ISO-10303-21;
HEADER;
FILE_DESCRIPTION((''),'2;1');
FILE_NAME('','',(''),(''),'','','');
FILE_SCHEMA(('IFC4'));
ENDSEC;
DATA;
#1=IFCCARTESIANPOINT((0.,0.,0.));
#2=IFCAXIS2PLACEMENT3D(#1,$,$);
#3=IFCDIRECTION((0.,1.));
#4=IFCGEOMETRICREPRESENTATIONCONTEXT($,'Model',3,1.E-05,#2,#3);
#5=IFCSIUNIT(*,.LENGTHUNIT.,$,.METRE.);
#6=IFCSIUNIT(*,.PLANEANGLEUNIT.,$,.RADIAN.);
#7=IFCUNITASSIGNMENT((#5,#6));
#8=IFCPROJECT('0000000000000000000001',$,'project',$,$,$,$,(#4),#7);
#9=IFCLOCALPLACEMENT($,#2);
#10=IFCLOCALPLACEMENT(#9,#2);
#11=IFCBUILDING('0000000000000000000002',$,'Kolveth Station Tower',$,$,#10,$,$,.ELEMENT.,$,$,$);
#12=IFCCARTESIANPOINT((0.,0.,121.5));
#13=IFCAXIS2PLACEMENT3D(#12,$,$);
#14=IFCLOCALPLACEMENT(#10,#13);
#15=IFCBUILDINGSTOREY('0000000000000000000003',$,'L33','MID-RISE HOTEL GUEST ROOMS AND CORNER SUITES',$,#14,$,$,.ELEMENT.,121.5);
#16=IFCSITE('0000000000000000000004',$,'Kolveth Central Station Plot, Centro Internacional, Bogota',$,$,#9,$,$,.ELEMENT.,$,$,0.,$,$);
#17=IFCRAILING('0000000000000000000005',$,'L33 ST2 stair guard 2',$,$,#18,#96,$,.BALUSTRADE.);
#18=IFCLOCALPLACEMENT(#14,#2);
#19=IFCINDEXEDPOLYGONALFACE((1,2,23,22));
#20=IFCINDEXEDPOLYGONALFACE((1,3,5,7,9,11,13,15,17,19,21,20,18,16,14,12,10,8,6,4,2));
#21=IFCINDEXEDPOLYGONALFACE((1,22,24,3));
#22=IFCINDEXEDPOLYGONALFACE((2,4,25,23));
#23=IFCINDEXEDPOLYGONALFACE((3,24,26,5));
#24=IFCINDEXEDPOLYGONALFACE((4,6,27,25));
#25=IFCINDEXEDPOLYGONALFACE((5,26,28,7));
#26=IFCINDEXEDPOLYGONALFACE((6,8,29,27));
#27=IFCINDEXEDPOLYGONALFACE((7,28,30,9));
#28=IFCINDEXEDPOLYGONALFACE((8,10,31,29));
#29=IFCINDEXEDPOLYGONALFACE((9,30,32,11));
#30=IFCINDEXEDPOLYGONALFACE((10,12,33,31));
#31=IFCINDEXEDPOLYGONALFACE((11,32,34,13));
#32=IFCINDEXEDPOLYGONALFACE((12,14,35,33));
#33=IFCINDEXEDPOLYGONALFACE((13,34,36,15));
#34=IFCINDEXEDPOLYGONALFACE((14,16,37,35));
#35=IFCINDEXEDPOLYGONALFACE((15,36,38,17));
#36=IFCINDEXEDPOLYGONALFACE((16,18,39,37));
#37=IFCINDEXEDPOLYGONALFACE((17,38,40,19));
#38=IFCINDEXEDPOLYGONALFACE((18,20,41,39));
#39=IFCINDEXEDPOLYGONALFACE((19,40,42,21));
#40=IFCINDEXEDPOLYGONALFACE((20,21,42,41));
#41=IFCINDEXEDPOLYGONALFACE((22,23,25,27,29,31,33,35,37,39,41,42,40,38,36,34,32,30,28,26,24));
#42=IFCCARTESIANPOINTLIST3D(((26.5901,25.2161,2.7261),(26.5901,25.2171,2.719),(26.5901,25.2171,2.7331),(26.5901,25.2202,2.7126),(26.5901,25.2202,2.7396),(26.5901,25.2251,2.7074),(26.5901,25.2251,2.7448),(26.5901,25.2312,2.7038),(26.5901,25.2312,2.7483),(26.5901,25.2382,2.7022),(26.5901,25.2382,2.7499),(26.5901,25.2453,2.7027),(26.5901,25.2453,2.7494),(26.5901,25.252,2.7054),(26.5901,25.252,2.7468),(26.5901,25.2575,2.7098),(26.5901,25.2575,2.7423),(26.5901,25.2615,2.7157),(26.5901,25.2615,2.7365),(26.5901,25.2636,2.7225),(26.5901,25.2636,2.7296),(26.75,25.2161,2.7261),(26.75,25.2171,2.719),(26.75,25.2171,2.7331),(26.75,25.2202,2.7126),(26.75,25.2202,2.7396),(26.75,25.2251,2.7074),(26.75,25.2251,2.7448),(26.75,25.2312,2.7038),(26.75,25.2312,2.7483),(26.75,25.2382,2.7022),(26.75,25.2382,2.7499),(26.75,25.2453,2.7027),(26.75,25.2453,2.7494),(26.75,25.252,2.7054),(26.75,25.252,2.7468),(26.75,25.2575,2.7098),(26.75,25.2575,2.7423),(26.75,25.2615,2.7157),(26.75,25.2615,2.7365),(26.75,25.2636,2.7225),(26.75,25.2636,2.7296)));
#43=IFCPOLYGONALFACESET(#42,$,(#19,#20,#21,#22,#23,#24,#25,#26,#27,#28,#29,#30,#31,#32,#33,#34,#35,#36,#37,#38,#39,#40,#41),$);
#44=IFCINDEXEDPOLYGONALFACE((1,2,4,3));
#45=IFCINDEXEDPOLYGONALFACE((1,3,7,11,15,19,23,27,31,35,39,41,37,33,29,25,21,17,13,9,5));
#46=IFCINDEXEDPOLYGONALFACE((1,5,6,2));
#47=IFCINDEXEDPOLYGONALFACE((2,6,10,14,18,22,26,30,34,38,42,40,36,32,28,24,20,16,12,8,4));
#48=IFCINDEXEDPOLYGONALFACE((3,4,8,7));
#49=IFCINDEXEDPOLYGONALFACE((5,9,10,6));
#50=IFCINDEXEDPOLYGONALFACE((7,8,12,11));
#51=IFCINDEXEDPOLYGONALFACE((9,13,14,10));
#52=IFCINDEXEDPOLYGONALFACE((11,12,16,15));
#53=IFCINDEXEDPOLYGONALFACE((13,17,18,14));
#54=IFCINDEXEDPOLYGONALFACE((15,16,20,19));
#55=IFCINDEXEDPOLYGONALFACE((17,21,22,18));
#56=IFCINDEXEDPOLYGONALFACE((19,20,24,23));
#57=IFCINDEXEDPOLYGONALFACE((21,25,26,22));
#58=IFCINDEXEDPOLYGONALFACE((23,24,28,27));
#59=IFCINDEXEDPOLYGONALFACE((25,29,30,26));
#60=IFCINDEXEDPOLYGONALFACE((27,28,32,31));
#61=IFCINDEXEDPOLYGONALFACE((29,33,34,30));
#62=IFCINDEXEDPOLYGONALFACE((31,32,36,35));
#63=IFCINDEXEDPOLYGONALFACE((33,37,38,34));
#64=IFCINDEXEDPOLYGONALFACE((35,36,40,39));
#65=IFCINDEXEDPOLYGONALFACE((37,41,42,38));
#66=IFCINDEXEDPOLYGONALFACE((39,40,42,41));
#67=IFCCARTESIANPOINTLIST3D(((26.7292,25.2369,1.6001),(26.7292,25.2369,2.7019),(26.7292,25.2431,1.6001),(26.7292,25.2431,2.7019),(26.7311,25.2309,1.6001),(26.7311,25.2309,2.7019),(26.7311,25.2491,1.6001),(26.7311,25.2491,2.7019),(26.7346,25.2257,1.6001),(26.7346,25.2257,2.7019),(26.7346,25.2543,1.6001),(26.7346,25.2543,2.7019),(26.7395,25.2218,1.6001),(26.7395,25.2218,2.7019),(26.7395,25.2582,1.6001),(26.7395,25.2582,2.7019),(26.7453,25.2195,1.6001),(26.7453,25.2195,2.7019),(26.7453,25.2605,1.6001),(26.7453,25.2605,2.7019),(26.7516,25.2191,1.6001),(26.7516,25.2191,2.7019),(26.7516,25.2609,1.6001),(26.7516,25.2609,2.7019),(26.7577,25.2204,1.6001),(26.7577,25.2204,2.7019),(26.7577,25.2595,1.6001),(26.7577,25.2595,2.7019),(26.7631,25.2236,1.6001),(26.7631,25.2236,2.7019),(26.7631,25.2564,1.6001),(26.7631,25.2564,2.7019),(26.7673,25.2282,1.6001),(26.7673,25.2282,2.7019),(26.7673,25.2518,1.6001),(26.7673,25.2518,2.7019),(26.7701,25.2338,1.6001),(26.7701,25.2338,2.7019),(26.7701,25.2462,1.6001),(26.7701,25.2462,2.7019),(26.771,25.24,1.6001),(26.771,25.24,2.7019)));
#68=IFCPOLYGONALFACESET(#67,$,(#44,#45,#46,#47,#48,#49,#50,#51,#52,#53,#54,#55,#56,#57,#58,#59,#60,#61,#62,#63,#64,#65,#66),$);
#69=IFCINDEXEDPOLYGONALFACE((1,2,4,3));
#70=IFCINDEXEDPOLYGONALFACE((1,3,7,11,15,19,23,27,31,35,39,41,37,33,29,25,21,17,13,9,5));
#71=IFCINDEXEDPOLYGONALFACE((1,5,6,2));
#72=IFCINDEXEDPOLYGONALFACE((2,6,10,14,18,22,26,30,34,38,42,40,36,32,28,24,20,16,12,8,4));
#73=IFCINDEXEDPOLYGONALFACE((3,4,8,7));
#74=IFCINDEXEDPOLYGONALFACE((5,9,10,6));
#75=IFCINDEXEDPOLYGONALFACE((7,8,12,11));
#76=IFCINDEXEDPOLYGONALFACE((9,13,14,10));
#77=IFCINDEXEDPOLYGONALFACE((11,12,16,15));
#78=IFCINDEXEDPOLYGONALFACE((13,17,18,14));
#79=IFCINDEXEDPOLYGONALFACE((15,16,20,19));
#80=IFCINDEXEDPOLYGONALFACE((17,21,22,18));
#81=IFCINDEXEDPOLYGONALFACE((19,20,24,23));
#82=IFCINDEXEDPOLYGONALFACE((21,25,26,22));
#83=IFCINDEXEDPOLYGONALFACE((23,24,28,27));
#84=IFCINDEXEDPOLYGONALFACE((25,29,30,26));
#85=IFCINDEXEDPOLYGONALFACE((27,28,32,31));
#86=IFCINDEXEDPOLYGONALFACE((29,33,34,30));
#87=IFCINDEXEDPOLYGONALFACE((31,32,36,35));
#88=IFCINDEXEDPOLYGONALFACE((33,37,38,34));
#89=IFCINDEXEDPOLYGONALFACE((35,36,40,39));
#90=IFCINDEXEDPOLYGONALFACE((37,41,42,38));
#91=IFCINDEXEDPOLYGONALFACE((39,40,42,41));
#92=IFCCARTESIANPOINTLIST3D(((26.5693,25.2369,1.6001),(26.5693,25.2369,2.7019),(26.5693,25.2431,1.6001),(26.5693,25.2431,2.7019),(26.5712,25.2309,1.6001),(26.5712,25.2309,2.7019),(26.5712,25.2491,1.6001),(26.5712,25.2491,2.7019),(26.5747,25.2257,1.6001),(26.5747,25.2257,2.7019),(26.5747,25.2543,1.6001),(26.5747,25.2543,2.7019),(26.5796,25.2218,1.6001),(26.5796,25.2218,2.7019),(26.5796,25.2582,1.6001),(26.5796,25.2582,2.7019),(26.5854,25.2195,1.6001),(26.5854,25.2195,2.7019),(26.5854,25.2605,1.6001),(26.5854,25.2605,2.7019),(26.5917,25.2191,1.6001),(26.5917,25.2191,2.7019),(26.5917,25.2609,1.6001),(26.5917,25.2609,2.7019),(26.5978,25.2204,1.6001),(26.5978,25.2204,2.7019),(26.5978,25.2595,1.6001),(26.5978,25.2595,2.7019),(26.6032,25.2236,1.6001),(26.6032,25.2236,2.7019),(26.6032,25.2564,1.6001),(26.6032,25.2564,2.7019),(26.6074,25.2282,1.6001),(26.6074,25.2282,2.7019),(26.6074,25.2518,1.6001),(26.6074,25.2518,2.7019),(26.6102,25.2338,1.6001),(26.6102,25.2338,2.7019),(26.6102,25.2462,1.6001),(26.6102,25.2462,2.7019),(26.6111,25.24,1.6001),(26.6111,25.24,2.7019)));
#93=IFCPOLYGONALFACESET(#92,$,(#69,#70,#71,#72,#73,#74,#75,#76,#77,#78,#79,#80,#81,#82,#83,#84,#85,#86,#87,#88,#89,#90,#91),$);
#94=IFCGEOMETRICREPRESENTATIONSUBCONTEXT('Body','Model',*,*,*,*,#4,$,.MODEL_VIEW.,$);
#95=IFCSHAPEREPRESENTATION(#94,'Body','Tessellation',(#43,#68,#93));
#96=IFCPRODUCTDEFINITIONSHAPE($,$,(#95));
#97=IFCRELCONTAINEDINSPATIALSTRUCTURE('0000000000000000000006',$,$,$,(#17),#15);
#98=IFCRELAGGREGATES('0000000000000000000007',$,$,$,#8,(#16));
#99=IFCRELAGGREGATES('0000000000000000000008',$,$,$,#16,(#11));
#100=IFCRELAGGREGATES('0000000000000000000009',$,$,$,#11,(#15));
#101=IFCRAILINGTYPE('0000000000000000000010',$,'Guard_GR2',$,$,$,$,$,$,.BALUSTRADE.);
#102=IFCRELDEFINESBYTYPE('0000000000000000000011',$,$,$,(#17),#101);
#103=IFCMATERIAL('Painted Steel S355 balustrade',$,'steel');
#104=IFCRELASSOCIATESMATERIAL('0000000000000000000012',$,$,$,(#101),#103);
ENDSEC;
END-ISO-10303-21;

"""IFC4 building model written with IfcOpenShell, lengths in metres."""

from ifc_helpers import new_model, si_unit, direction, frame, origin, origin_2d, place, context, subcontext, project, spatial, circle, extrude, material, type_object, element, save


model = new_model("IFC4")

# Units and contexts
model_context = context("Model", 3, precision=1e-05, world=origin(), true_north=direction((0.0, 1.0)))
body_context = subcontext(model_context, "Body", "Model", "MODEL_VIEW")
ifc_project = project(units=[si_unit("LENGTHUNIT", "METRE"), si_unit("PLANEANGLEUNIT", "RADIAN")], contexts=[model_context])

# Site, building, storey
site_placement = place(None, origin())
site = spatial("IfcSite", under=ifc_project, at=site_placement, Name="Kolveth Central Station Plot, Centro Internacional, Bogota", CompositionType="ELEMENT", RefElevation=0.0)
building_placement = place(site_placement, origin())
building = spatial("IfcBuilding", under=site, at=building_placement, Name="Kolveth Station Tower", CompositionType="ELEMENT")
storey_placement = place(building_placement, frame((0.0, 0.0, 121.5)))
storey = spatial("IfcBuildingStorey", under=building, at=storey_placement, Name="L33", Description="MID-RISE HOTEL GUEST ROOMS AND CORNER SUITES", CompositionType="ELEMENT", Elevation=121.5)

# Railing
ifc_material_1 = material(Name="Painted Steel S355 balustrade", Category="steel")
railing_type_1 = type_object("IfcRailingType", Name="Guard_GR2", PredefinedType="BALUSTRADE", material=ifc_material_1)
railing_1_placement = place(storey_placement, frame((26.75, 25.24, 1.6001)))
element("IfcRailing", 1, at=railing_1_placement, inside=storey, type_object=railing_type_1, Name="L33 ST2 stair guard 2", PredefinedType="BALUSTRADE", context=body_context, shape_type="SweptSolid", body=[
    extrude(circle(Radius=0.0239, at=origin_2d()), frame((0.0, 0.0, 1.126), z_axis=(-1.0, 0.0, 0.0), x_axis=(0.0, -1.0, 0.0)), (0.0, 0.0, 1.0), 0.1599),
    extrude(circle(Radius=0.021, at=origin_2d()), origin(), (0.0, 0.0, 1.0), 1.1018),
    extrude(circle(Radius=0.021, at=origin_2d()), frame((-0.1599, 0.0, 0.0)), (0.0, 0.0, 1.0), 1.1018),
])

save(model, "model.ifc")
